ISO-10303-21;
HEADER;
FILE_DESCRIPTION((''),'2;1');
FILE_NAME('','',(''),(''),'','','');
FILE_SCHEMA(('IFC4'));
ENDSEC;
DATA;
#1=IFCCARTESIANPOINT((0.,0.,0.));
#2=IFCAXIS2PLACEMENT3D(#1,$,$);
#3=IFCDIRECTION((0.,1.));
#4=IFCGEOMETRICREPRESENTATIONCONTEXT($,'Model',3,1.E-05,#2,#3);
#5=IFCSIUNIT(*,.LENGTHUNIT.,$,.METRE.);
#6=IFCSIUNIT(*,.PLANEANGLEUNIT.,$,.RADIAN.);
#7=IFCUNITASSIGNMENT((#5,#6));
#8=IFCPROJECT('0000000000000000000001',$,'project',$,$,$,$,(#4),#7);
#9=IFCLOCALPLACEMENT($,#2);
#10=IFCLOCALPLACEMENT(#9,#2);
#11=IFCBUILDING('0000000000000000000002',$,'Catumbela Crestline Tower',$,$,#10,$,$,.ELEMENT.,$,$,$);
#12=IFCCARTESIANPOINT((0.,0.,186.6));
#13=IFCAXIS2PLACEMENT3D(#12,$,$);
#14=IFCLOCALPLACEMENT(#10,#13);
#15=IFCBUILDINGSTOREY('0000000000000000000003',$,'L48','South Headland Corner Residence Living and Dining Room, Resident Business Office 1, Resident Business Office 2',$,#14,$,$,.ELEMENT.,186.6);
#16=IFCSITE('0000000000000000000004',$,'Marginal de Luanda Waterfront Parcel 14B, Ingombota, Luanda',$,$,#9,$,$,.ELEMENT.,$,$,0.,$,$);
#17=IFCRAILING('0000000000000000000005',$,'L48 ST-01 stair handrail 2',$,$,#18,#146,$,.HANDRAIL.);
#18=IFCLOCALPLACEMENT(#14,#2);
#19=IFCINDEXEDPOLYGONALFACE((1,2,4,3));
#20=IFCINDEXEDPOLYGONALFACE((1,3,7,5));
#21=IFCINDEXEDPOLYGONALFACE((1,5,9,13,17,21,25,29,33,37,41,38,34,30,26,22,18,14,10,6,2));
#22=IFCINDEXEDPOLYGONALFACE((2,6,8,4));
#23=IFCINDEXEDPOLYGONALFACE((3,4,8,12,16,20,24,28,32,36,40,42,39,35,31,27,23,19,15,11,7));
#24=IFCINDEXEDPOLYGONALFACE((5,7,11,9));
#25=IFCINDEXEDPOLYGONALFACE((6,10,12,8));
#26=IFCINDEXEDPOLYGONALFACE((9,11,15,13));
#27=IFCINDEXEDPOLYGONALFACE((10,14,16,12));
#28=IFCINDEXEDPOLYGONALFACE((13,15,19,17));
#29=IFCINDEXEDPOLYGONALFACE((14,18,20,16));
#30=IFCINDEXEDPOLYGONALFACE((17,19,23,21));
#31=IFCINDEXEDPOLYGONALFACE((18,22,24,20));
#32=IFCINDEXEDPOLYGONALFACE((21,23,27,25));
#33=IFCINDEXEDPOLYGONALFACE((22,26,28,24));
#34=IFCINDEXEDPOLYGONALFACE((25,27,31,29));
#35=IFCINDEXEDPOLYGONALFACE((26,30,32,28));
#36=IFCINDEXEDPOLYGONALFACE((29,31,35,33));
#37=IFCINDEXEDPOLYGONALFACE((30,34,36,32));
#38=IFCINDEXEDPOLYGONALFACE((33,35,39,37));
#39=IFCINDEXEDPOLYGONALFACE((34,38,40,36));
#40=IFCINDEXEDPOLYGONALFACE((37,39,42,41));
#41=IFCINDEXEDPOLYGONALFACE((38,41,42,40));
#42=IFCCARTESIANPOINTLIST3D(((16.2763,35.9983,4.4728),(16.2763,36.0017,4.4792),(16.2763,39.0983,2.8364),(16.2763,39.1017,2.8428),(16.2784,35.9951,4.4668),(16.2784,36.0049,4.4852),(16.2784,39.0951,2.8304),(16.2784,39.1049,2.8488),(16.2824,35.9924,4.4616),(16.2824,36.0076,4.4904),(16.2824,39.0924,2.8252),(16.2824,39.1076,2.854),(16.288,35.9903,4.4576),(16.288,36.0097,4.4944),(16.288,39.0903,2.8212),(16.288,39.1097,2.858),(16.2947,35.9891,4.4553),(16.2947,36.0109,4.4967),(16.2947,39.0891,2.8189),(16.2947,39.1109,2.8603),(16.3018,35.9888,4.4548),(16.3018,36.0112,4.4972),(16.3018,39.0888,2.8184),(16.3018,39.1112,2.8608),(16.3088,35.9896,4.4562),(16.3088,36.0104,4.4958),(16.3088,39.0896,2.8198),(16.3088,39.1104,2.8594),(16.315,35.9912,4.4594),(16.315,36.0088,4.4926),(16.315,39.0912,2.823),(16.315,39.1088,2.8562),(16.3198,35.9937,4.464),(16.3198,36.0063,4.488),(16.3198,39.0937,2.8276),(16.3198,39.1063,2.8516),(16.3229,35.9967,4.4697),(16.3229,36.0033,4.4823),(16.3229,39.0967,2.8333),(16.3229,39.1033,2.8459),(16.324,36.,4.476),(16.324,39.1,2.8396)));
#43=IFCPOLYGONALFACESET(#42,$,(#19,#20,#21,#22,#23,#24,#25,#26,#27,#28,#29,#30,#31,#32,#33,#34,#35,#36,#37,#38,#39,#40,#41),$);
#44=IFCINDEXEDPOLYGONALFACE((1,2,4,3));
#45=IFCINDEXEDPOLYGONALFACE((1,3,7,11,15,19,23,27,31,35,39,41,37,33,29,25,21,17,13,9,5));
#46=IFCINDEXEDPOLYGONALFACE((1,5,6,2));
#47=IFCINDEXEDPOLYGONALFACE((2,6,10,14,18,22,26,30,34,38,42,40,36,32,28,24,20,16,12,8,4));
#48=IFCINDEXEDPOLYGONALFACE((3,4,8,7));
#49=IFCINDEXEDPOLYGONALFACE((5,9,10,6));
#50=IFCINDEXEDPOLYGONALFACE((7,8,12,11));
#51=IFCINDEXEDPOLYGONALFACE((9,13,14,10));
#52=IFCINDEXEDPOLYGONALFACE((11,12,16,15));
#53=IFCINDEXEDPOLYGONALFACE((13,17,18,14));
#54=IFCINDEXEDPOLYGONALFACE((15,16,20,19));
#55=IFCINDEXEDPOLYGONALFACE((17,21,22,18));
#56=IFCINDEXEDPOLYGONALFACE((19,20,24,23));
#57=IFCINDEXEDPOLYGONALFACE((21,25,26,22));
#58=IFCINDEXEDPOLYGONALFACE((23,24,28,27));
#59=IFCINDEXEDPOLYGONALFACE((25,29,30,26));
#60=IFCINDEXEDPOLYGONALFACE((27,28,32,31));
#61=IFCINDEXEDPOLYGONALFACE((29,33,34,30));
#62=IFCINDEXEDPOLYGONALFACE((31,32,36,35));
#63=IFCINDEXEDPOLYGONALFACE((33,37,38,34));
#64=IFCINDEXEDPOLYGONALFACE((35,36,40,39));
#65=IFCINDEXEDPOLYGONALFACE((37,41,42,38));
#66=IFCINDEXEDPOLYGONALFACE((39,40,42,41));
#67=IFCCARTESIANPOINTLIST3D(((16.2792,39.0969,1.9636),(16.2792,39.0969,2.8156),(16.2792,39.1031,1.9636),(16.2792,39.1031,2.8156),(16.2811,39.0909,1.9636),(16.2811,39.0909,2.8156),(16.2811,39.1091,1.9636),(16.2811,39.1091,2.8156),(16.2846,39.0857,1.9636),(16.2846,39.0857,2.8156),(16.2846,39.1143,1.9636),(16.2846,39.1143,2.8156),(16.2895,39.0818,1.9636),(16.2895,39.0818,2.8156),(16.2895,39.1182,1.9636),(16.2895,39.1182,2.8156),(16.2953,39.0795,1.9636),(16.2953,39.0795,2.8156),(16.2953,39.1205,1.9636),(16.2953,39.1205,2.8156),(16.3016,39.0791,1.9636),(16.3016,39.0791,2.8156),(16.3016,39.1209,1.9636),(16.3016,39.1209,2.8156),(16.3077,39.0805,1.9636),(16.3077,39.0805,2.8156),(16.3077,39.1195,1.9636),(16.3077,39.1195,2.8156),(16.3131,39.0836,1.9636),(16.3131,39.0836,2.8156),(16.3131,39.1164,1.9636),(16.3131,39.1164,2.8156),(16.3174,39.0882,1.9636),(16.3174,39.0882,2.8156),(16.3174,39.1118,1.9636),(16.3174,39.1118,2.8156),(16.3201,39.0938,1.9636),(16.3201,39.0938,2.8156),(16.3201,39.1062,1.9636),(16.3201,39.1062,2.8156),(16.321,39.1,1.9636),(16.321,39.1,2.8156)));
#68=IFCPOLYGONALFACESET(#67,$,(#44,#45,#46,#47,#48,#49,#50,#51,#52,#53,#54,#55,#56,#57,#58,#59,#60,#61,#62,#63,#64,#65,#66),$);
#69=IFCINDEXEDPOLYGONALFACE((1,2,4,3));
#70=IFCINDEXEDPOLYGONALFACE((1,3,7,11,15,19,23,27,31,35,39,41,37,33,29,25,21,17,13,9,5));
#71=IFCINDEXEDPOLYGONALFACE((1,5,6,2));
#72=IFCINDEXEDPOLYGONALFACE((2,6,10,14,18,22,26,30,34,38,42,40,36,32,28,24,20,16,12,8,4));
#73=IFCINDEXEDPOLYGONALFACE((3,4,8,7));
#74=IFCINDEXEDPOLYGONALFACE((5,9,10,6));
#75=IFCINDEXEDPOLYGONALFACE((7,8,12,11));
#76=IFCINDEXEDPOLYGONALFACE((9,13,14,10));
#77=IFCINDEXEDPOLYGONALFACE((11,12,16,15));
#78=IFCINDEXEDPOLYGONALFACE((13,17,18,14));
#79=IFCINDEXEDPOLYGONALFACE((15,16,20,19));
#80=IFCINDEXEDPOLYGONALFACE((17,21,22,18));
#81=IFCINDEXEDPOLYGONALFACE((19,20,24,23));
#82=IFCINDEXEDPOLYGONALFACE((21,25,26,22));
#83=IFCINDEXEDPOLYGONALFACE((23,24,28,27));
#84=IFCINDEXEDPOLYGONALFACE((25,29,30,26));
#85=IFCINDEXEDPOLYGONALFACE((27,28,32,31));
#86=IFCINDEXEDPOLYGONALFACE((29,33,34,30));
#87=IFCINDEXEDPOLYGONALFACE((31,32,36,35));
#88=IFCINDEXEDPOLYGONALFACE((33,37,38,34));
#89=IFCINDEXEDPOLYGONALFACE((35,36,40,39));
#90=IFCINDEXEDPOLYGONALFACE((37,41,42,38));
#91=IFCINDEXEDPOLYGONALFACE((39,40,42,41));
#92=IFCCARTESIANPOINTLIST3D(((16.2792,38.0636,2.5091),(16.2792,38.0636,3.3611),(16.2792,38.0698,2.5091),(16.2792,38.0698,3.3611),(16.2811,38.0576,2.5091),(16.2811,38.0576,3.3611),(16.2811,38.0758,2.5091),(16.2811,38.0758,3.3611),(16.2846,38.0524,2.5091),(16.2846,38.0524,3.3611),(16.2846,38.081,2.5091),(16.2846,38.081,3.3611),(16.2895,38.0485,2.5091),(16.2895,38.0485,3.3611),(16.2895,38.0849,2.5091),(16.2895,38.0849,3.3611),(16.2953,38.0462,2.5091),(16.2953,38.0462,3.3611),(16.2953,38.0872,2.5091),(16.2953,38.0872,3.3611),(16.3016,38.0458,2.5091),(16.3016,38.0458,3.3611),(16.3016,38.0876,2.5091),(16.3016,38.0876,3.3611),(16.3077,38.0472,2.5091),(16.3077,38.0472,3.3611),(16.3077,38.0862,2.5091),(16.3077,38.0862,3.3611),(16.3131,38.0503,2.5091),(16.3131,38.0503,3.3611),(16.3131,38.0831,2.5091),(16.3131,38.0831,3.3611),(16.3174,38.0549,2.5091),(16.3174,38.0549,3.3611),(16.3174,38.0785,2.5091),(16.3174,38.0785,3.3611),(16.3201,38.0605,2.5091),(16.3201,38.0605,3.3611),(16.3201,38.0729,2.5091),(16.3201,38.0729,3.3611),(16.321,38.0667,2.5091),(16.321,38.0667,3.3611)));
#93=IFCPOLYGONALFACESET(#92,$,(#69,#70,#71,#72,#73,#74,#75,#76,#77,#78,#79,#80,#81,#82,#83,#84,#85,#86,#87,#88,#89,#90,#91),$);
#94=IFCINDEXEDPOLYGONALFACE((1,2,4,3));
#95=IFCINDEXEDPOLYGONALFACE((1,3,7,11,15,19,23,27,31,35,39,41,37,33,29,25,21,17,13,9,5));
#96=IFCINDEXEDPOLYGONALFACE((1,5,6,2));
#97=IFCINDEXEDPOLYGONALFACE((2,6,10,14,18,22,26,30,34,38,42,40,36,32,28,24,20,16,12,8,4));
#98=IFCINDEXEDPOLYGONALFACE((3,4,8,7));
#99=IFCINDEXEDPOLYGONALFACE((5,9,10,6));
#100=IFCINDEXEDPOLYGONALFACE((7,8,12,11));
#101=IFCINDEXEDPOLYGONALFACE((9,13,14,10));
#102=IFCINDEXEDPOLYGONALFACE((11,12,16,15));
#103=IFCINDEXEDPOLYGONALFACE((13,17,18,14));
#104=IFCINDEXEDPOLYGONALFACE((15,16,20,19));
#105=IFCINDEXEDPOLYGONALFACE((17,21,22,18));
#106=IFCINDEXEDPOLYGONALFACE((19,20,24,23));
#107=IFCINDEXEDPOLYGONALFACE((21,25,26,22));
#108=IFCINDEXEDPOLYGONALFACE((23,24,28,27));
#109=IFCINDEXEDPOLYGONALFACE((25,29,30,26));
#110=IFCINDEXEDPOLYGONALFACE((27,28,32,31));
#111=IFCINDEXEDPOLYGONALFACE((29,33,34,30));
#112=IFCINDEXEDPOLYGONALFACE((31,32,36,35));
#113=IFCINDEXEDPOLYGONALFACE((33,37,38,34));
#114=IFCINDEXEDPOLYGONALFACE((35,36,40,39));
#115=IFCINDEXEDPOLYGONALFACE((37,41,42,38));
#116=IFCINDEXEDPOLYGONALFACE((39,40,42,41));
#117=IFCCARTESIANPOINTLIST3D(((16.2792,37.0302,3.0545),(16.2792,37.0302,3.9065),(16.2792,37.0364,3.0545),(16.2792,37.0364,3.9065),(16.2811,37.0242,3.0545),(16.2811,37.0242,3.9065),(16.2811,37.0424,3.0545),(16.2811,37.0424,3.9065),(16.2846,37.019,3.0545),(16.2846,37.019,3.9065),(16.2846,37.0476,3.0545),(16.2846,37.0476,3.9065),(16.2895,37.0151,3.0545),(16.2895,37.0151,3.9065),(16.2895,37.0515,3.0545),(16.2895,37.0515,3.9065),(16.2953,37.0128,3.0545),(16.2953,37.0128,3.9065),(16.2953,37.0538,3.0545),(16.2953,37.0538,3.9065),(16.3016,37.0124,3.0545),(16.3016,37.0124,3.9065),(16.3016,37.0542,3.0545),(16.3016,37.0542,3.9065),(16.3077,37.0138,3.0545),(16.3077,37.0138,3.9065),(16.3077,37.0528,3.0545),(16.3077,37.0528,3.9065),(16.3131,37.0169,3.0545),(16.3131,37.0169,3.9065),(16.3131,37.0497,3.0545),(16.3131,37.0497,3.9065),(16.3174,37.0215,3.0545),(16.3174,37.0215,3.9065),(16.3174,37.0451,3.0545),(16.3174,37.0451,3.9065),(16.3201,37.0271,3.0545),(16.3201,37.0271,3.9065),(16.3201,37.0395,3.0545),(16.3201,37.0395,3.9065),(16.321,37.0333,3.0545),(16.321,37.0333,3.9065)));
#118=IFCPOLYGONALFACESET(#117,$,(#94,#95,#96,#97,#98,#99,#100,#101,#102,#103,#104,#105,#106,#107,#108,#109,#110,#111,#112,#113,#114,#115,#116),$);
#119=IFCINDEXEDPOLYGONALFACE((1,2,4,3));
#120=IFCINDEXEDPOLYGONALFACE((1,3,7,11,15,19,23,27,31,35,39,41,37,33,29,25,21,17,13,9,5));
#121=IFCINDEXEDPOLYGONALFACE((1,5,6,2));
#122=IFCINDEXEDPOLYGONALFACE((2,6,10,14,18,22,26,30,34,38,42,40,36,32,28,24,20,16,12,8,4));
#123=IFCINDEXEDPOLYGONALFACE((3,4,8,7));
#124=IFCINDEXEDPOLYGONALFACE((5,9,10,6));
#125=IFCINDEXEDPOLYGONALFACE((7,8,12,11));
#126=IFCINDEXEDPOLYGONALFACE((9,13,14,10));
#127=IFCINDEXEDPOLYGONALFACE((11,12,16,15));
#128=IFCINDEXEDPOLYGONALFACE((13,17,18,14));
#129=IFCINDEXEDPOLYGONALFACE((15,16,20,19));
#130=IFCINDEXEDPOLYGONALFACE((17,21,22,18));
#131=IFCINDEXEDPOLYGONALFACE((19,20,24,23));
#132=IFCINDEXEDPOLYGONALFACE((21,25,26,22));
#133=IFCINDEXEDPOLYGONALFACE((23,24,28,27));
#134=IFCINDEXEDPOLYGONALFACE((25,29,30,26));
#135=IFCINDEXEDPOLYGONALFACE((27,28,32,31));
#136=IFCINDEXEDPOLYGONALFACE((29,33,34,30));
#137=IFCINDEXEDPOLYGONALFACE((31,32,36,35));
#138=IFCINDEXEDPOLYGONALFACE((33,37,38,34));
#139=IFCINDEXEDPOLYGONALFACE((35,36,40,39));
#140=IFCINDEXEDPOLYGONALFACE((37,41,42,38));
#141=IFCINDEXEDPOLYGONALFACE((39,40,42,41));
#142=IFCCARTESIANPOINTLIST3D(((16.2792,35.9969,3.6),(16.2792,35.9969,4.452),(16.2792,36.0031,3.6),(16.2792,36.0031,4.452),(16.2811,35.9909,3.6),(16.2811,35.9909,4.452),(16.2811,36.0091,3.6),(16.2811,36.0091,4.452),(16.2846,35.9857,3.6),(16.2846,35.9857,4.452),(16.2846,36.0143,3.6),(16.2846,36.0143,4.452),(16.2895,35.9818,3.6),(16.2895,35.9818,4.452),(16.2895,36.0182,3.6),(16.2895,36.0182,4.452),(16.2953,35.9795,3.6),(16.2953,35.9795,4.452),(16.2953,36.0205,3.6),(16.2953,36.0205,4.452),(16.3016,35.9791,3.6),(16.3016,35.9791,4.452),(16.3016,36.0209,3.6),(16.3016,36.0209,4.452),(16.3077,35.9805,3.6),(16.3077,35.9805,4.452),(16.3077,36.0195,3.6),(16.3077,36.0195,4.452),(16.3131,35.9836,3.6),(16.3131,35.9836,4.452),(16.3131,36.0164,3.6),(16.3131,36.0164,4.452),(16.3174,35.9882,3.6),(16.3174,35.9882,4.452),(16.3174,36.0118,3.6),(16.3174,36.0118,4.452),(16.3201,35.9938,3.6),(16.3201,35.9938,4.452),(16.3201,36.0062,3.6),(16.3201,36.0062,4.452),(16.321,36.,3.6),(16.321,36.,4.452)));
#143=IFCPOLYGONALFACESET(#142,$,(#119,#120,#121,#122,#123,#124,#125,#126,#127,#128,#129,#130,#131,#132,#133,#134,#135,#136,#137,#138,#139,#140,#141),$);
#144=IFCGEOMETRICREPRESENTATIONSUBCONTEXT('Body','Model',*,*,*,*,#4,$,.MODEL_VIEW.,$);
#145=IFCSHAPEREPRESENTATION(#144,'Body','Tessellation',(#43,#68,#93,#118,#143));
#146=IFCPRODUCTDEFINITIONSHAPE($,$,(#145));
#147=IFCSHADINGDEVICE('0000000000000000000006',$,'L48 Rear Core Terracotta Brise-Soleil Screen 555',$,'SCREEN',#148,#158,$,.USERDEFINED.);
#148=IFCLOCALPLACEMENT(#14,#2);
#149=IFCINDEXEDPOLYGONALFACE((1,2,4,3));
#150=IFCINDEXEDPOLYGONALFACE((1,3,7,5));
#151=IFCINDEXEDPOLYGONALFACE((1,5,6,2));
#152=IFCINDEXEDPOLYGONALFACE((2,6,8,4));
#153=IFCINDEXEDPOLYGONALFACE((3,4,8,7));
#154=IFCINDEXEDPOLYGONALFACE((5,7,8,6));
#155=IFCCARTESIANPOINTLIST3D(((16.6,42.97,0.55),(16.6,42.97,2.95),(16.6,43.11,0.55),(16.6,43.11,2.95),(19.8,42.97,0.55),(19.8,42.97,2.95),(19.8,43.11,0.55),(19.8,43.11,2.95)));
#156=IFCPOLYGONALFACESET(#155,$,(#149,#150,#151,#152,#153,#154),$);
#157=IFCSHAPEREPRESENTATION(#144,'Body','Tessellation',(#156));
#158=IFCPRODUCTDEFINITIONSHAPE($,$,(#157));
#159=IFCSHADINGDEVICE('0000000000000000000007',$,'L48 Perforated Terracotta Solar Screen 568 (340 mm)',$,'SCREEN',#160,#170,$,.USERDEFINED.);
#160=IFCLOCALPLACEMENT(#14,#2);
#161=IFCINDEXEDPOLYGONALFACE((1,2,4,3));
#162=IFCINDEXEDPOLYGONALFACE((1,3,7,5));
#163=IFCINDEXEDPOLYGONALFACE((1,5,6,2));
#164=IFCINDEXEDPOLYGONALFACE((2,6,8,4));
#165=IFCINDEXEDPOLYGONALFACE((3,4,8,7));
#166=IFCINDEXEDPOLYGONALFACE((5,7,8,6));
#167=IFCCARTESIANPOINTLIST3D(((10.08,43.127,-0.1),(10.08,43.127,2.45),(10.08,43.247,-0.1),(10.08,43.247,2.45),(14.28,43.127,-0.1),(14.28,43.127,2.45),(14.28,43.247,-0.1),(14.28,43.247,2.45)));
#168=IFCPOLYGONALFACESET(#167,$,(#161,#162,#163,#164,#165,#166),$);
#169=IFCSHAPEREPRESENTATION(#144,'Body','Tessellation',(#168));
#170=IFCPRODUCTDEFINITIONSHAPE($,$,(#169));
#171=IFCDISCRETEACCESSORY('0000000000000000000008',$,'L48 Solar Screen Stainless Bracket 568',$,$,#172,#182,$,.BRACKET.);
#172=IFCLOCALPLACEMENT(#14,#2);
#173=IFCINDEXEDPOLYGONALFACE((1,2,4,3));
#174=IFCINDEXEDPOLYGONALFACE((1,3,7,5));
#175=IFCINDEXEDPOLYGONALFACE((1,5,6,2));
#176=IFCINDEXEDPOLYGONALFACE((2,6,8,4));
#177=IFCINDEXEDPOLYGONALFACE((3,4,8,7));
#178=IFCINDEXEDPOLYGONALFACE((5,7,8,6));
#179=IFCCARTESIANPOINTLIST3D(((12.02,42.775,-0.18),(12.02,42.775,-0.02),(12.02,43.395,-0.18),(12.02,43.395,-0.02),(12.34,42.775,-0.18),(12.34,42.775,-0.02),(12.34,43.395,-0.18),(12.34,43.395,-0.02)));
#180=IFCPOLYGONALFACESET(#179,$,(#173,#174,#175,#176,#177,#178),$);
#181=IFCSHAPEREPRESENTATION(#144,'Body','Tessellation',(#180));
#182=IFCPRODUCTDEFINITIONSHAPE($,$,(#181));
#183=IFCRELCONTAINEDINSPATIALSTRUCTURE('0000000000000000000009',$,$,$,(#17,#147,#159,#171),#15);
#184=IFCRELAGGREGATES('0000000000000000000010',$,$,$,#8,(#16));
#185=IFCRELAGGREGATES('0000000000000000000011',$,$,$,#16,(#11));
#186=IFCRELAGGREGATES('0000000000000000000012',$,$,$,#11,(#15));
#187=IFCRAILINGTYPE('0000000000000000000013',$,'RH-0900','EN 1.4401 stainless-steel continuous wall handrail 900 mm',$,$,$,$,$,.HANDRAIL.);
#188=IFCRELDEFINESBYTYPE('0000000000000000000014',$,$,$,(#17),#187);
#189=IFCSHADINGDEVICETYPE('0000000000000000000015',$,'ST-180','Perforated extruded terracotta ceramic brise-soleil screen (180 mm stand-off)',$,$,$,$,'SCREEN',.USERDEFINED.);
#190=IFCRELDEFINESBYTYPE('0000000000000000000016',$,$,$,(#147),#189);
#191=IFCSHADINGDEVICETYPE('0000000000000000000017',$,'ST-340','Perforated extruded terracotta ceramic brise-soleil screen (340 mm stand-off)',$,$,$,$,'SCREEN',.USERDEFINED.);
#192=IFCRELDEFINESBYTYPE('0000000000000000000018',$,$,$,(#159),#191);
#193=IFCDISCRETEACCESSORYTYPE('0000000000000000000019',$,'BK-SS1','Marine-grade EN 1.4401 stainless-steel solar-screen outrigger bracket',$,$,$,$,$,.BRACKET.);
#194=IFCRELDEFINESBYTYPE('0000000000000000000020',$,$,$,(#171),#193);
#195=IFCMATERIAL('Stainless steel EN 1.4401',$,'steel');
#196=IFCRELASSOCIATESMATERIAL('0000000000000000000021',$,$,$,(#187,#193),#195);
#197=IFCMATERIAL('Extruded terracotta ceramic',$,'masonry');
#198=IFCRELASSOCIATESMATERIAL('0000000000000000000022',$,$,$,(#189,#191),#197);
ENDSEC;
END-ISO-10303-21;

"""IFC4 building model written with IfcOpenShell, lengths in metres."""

from ifc_helpers import new_model, si_unit, direction, frame, origin, origin_2d, place, context, subcontext, project, spatial, rectangle, circle, extrude, material, type_object, element, save


model = new_model("IFC4")

# Units and contexts
model_context = context("Model", 3, precision=1e-05, world=origin(), true_north=direction((0.0, 1.0)))
body_context = subcontext(model_context, "Body", "Model", "MODEL_VIEW")
ifc_project = project(units=[si_unit("LENGTHUNIT", "METRE"), si_unit("PLANEANGLEUNIT", "RADIAN")], contexts=[model_context])

# Site, building, storey
site_placement = place(None, origin())
site = spatial("IfcSite", under=ifc_project, at=site_placement, Name="Marginal de Luanda Waterfront Parcel 14B, Ingombota, Luanda", CompositionType="ELEMENT", RefElevation=0.0)
building_placement = place(site_placement, origin())
building = spatial("IfcBuilding", under=site, at=building_placement, Name="Catumbela Crestline Tower", CompositionType="ELEMENT")
storey_placement = place(building_placement, frame((0.0, 0.0, 186.6)))
storey = spatial("IfcBuildingStorey", under=building, at=storey_placement, Name="L48", Description="South Headland Corner Residence Living and Dining Room, Resident Business Office 1, Resident Business Office 2", CompositionType="ELEMENT", Elevation=186.6)

# Shared definitions
ifc_material_1 = material(Name="Stainless steel EN 1.4401", Category="steel")

# Railing
railing_type_1 = type_object("IfcRailingType", Name="RH-0900", Description="EN 1.4401 stainless-steel continuous wall handrail 900 mm", PredefinedType="HANDRAIL", material=ifc_material_1)
railing_1_placement = place(storey_placement, frame((16.3, 39.1, 1.9636)))
element("IfcRailing", 1, at=railing_1_placement, inside=storey, type_object=railing_type_1, Name="L48 ST-01 stair handrail 2", PredefinedType="HANDRAIL", context=body_context, shape_type="SweptSolid", body=[
    extrude(circle(Radius=0.024, at=origin_2d()), frame((0.0, 0.0, 0.876), z_axis=(0.0, -0.884351, 0.466823), x_axis=(1.0, 0.0, 0.0)), (0.0, 0.0, 1.0), 3.5054),
    extrude(circle(Radius=0.021, at=origin_2d()), origin(), (0.0, 0.0, 1.0), 0.852),
    extrude(circle(Radius=0.021, at=origin_2d()), frame((0.0, -1.0333, 0.5455)), (0.0, 0.0, 1.0), 0.852),
    extrude(circle(Radius=0.021, at=origin_2d()), frame((0.0, -2.0667, 1.0909)), (0.0, 0.0, 1.0), 0.852),
    extrude(circle(Radius=0.021, at=origin_2d()), frame((0.0, -3.1, 1.6364)), (0.0, 0.0, 1.0), 0.852),
])

# Shading devices
ifc_material_2 = material(Name="Extruded terracotta ceramic", Category="masonry")
shading_device_type_1 = type_object("IfcShadingDeviceType", Name="ST-180", Description="Perforated extruded terracotta ceramic brise-soleil screen (180 mm stand-off)", ElementType="SCREEN", PredefinedType="USERDEFINED", material=ifc_material_2)
shading_device_1_placement = place(storey_placement, frame((18.2, 43.04, 0.55), z_axis=(0.0, 0.0, 1.0), x_axis=(1.0, 0.0, 0.0)))
element("IfcShadingDevice", 2, at=shading_device_1_placement, inside=storey, type_object=shading_device_type_1, Name="L48 Rear Core Terracotta Brise-Soleil Screen 555", ObjectType="SCREEN", PredefinedType="USERDEFINED", context=body_context, shape_type="SweptSolid", body=[
    extrude(rectangle(XDim=3.2, YDim=0.14, at=origin_2d()), origin(), (0.0, 0.0, 1.0), 2.4),
])
shading_device_type_2 = type_object("IfcShadingDeviceType", Name="ST-340", Description="Perforated extruded terracotta ceramic brise-soleil screen (340 mm stand-off)", ElementType="SCREEN", PredefinedType="USERDEFINED", material=ifc_material_2)
shading_device_2_placement = place(storey_placement, frame((12.18, 43.187, -0.1), z_axis=(0.0, 0.0, 1.0), x_axis=(-1.0, 0.0, 0.0)))
element("IfcShadingDevice", 3, at=shading_device_2_placement, inside=storey, type_object=shading_device_type_2, Name="L48 Perforated Terracotta Solar Screen 568 (340 mm)", ObjectType="SCREEN", PredefinedType="USERDEFINED", context=body_context, shape_type="SweptSolid", body=[
    extrude(rectangle(XDim=4.2, YDim=0.12, at=origin_2d()), origin(), (0.0, 0.0, 1.0), 2.55),
])

# Discrete accessory
discrete_accessory_type = type_object("IfcDiscreteAccessoryType", Name="BK-SS1", Description="Marine-grade EN 1.4401 stainless-steel solar-screen outrigger bracket", PredefinedType="BRACKET", material=ifc_material_1)
discrete_accessory_placement = place(storey_placement, frame((12.18, 43.085, -0.18), z_axis=(0.0, 0.0, 1.0), x_axis=(-1.0, 0.0, 0.0)))
element("IfcDiscreteAccessory", 4, at=discrete_accessory_placement, inside=storey, type_object=discrete_accessory_type, Name="L48 Solar Screen Stainless Bracket 568", PredefinedType="BRACKET", context=body_context, shape_type="SweptSolid", body=[
    extrude(rectangle(XDim=0.32, YDim=0.62, at=origin_2d()), origin(), (0.0, 0.0, 1.0), 0.16),
])

save(model, "model.ifc")
